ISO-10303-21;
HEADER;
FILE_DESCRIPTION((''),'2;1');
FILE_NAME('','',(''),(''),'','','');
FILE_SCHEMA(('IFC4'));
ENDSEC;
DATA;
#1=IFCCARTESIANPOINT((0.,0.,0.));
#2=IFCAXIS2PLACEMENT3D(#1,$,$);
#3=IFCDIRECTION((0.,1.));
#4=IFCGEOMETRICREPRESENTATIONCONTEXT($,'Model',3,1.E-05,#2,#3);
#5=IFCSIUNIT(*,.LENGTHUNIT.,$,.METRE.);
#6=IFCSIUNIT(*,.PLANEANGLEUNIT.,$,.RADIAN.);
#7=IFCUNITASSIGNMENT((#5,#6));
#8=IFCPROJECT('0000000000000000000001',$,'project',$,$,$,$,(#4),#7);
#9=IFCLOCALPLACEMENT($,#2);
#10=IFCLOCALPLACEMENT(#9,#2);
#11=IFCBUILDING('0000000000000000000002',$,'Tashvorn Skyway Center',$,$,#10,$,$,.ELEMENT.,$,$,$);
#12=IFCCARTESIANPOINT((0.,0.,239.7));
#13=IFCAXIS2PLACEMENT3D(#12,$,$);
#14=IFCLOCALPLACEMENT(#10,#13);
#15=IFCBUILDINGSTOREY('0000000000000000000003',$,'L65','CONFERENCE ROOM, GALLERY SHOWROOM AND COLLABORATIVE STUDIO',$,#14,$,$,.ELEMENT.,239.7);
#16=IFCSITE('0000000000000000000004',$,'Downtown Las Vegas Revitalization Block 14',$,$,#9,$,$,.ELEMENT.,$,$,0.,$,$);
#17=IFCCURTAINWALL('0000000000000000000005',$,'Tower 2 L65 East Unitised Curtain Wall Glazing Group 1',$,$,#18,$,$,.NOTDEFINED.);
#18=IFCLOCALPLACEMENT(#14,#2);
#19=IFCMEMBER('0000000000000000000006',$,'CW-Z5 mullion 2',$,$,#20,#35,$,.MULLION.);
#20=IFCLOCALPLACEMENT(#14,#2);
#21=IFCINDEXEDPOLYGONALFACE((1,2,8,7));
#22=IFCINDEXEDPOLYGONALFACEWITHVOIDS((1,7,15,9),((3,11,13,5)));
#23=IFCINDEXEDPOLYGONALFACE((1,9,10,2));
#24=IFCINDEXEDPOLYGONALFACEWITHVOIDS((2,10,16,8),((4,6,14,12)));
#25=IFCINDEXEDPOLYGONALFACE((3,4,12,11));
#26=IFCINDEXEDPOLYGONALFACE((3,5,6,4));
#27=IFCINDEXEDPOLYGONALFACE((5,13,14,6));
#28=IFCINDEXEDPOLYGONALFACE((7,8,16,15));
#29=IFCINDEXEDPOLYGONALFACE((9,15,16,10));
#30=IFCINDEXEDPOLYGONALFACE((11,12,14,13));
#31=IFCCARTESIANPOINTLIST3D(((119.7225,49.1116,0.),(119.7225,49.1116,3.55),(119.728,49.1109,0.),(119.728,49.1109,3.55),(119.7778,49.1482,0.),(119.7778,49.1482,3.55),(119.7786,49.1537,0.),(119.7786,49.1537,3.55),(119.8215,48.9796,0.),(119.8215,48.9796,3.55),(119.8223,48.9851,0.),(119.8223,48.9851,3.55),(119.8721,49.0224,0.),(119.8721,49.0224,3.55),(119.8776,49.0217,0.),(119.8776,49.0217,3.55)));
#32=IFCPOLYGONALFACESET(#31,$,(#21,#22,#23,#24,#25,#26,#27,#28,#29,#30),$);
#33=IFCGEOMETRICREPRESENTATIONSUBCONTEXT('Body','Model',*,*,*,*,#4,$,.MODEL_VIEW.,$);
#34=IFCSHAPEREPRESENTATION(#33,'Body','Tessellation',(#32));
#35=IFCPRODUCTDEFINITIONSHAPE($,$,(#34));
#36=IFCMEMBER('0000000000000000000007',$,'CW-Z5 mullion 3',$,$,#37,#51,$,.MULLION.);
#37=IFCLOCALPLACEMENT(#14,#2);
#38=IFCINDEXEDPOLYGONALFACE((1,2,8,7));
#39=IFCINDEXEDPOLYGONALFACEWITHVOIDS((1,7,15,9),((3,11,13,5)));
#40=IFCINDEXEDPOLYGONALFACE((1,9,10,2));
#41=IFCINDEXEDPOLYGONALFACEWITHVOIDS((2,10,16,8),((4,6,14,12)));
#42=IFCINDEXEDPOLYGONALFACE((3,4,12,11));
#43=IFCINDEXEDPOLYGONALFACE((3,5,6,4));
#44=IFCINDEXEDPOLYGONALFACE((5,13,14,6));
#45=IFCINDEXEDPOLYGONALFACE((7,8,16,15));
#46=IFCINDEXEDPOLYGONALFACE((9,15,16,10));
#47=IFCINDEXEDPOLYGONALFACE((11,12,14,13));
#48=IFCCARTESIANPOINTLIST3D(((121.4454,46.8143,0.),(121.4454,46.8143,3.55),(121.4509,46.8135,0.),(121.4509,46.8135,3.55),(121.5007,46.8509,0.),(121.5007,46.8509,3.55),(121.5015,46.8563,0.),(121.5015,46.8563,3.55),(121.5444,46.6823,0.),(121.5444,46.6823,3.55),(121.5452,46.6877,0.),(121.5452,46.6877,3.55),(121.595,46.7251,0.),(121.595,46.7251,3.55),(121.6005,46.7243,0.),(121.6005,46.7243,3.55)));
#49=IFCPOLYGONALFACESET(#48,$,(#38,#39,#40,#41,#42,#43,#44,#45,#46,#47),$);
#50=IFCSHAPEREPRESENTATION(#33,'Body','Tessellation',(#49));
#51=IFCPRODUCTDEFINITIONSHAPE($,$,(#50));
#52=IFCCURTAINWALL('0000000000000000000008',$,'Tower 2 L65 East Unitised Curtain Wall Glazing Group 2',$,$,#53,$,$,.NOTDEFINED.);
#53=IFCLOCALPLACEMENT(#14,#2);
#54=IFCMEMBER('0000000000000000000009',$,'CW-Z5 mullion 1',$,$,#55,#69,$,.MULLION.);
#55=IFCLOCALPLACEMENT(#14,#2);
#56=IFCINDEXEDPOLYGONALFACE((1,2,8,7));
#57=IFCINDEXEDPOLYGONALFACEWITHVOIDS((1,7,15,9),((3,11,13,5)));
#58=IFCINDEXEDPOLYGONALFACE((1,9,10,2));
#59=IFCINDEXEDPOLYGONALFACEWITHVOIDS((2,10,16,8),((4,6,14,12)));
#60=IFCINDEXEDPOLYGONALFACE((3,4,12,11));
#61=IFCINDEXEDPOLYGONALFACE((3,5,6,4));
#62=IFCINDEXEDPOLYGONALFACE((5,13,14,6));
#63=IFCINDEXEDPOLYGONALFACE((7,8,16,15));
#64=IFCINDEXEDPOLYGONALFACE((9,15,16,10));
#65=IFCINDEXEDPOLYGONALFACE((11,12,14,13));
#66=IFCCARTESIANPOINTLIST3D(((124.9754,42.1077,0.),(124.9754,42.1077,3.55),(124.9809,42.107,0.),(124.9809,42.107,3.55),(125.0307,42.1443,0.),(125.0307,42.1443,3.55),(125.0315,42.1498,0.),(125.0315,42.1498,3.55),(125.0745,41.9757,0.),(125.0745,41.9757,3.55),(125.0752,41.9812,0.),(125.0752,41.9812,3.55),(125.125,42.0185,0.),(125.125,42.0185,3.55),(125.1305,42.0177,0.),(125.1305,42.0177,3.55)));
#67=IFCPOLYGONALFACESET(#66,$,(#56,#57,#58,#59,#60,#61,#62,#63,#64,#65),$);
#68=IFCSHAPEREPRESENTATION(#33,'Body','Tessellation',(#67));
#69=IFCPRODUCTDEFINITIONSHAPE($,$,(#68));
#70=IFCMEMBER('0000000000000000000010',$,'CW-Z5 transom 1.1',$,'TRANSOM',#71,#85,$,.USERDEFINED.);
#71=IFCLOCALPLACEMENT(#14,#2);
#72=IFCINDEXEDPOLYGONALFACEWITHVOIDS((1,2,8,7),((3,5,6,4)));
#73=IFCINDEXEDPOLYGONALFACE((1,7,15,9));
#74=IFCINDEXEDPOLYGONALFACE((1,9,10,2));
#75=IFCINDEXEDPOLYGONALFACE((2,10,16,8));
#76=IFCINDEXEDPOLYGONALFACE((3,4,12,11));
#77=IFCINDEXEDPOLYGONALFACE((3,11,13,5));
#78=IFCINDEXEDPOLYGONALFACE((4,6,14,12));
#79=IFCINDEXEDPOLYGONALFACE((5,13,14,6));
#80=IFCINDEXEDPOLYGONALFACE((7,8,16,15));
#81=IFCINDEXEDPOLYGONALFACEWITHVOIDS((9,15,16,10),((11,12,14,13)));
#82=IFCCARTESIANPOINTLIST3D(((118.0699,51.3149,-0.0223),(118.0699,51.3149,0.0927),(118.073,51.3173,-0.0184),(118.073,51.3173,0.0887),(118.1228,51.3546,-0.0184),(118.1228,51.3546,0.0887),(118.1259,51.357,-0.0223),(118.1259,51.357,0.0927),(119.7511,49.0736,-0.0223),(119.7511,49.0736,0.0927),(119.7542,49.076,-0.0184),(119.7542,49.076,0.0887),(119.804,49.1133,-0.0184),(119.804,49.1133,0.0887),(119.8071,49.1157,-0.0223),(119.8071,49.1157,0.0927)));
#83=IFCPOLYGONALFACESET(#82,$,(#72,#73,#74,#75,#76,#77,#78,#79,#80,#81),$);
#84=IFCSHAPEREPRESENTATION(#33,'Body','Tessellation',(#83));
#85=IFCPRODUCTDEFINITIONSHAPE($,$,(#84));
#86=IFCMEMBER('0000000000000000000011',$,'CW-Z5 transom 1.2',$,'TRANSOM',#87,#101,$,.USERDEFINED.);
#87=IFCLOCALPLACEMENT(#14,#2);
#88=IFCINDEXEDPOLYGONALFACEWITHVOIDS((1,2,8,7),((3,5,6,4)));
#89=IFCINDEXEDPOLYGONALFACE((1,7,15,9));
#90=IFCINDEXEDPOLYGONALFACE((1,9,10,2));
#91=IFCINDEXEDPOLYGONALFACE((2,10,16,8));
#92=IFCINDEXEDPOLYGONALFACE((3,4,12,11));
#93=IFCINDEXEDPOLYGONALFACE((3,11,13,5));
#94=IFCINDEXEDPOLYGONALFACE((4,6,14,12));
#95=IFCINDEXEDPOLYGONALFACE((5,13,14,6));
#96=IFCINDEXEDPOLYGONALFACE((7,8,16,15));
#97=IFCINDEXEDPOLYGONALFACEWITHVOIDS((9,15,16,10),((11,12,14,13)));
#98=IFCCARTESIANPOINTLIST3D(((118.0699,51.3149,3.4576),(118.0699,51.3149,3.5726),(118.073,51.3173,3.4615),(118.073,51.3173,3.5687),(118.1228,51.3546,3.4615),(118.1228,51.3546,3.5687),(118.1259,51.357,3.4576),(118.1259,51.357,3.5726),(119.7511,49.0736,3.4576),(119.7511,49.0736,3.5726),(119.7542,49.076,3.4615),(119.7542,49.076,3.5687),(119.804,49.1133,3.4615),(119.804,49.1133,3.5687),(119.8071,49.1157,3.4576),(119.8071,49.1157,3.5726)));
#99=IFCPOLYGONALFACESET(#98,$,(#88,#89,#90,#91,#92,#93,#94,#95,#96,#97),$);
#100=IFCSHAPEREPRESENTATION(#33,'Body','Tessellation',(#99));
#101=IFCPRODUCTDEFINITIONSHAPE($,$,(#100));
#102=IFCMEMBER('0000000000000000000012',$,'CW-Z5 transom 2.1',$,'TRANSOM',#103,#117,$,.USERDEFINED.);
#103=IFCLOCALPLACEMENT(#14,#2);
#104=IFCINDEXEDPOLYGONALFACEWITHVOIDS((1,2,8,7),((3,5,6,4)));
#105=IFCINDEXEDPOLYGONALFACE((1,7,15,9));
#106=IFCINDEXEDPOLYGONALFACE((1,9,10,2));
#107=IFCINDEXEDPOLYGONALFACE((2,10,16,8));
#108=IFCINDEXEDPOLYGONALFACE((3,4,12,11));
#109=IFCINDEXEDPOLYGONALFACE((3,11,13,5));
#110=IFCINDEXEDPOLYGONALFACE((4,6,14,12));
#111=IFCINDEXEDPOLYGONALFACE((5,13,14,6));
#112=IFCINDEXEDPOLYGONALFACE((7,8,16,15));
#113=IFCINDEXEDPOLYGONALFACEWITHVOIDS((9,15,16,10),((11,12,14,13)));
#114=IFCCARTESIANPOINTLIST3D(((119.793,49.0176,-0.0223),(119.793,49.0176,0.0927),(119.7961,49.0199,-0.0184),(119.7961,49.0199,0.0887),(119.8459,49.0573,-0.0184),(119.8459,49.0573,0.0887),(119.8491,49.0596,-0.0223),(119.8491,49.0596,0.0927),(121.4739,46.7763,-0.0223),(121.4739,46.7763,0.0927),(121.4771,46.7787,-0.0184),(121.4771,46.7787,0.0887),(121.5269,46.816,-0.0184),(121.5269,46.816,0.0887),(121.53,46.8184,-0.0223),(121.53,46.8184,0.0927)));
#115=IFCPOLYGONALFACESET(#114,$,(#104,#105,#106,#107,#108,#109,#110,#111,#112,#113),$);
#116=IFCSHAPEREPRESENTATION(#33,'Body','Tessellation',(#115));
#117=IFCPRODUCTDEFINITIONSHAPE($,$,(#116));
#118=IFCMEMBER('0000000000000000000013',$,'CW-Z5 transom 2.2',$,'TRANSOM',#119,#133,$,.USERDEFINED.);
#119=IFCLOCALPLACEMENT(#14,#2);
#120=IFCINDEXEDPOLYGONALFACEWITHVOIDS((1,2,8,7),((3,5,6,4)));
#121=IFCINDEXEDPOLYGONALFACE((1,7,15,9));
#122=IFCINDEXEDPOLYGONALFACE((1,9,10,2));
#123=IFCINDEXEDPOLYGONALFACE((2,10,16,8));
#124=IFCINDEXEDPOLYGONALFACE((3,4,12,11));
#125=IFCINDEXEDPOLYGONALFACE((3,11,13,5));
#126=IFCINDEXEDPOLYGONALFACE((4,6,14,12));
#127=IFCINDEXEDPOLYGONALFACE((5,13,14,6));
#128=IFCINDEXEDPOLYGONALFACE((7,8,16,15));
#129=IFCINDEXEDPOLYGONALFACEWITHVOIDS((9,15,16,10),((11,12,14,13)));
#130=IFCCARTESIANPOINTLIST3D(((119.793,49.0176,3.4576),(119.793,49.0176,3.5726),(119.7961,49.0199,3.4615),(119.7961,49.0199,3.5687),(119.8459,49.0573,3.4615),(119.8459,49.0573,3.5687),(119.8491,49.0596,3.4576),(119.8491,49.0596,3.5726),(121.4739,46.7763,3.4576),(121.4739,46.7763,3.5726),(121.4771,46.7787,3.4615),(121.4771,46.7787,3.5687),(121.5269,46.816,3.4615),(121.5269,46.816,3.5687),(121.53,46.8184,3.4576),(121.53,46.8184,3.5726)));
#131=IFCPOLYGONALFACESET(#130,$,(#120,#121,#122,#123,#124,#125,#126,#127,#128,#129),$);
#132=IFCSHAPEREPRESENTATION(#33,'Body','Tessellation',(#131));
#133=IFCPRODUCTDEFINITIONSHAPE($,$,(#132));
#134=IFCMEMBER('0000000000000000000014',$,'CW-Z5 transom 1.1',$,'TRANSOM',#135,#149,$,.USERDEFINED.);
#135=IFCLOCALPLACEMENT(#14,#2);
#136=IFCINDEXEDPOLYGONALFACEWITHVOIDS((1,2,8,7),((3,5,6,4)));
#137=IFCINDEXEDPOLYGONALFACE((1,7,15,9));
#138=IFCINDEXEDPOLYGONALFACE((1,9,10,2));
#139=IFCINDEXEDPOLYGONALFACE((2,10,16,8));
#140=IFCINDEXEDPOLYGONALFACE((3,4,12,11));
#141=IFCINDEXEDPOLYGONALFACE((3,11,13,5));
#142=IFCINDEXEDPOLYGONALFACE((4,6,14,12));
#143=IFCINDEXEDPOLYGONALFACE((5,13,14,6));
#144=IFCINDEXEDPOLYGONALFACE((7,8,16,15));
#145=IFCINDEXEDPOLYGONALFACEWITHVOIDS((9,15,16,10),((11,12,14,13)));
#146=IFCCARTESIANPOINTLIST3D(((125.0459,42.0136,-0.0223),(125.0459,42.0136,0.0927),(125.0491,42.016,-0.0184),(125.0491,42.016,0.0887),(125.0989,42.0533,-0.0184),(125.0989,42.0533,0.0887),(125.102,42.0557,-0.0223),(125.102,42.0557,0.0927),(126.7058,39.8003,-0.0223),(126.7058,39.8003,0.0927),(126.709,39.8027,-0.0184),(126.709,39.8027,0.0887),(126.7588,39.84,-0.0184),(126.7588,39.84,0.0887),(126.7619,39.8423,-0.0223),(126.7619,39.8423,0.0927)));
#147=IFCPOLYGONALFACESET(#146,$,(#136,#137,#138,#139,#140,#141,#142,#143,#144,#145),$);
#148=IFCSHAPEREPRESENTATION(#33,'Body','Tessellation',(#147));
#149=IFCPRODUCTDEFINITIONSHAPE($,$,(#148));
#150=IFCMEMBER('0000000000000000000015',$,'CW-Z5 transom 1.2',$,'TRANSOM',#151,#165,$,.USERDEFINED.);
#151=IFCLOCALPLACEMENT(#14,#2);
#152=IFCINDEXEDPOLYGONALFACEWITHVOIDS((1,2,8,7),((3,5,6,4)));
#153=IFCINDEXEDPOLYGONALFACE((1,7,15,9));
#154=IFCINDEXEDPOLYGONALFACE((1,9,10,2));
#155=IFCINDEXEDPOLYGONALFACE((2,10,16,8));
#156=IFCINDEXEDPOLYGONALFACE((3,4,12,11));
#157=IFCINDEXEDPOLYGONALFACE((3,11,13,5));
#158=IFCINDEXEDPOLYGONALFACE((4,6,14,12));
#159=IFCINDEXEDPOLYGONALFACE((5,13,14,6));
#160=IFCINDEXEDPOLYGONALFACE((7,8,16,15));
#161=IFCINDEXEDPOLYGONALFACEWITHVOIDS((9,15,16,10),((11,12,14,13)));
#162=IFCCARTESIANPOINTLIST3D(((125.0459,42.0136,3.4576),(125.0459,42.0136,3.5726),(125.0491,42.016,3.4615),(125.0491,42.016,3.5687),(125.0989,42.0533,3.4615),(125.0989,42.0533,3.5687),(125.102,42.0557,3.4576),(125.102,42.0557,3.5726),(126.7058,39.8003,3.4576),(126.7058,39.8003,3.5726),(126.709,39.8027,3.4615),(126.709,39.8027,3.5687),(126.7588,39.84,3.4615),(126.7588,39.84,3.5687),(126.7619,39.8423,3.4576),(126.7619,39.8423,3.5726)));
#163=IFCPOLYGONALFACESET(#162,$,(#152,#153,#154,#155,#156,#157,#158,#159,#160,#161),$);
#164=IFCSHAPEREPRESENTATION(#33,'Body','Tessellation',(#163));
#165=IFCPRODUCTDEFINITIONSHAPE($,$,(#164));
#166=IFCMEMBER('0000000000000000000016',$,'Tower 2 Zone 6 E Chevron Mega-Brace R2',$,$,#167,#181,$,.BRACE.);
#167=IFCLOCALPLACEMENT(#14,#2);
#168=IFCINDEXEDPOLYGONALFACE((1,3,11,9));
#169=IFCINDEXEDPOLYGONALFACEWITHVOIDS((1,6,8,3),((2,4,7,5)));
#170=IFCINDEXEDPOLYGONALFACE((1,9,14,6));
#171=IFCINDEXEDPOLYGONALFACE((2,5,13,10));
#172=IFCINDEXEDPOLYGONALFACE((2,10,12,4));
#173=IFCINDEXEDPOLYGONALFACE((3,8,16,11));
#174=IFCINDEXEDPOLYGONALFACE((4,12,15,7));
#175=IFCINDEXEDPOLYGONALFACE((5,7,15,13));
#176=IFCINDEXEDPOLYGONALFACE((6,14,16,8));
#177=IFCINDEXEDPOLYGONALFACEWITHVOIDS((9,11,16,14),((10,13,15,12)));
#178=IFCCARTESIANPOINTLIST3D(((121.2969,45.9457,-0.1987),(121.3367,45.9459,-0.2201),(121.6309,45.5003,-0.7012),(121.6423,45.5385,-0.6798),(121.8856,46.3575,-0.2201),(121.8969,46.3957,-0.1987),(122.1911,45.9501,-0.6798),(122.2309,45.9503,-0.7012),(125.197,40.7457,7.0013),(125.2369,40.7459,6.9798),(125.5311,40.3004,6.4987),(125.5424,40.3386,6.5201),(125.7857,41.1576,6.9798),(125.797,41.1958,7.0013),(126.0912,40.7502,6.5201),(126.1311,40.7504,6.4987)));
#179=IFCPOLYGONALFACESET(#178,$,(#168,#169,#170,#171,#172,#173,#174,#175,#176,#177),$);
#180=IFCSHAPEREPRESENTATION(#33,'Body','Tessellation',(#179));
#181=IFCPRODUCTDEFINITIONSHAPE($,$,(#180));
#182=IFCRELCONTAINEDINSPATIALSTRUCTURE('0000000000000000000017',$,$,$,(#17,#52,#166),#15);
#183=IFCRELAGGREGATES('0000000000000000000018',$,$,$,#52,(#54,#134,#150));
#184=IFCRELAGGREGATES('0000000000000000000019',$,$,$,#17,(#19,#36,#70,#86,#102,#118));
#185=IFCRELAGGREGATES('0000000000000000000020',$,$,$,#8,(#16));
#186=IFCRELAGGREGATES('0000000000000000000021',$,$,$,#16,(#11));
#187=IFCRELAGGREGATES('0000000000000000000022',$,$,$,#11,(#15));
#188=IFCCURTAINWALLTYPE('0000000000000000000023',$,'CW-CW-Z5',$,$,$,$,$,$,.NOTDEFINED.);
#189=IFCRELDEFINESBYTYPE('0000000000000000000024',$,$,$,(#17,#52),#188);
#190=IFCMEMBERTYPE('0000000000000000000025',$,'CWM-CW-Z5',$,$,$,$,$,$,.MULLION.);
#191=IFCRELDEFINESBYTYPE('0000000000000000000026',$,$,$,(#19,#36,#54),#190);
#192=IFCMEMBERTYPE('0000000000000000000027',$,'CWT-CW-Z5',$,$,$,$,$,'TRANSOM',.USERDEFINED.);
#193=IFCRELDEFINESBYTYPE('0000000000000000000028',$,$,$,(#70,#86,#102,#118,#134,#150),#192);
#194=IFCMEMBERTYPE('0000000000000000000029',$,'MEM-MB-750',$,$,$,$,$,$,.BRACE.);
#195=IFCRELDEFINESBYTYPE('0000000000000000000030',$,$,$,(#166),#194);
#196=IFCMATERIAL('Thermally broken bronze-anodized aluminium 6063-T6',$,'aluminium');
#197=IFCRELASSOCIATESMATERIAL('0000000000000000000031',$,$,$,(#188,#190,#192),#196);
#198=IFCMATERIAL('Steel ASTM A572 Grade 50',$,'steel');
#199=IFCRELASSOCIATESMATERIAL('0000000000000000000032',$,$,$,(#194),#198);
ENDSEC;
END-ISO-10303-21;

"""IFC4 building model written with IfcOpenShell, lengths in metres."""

from ifc_helpers import new_model, si_unit, direction, frame, origin, origin_2d, place, context, subcontext, project, spatial, hollow_rectangle, extrude, material, material_profile, profile_set, type_object, element, aggregate, save


model = new_model("IFC4")

# Units and contexts
model_context = context("Model", 3, precision=1e-05, world=origin(), true_north=direction((0.0, 1.0)))
body_context = subcontext(model_context, "Body", "Model", "MODEL_VIEW")
ifc_project = project(units=[si_unit("LENGTHUNIT", "METRE"), si_unit("PLANEANGLEUNIT", "RADIAN")], contexts=[model_context])

# Site, building, storey
site_placement = place(None, origin())
site = spatial("IfcSite", under=ifc_project, at=site_placement, Name="Downtown Las Vegas Revitalization Block 14", CompositionType="ELEMENT", RefElevation=0.0)
building_placement = place(site_placement, origin())
building = spatial("IfcBuilding", under=site, at=building_placement, Name="Tashvorn Skyway Center", CompositionType="ELEMENT")
storey_placement = place(building_placement, frame((0.0, 0.0, 239.7)))
storey = spatial("IfcBuildingStorey", under=building, at=storey_placement, Name="L65", Description="CONFERENCE ROOM, GALLERY SHOWROOM AND COLLABORATIVE STUDIO", CompositionType="ELEMENT", Elevation=239.7)

# Shared definitions
ifc_material_1 = material(Name="Steel ASTM A572 Grade 50", Category="steel")

# Shared definitions
ifc_material_2 = material(Name="Thermally broken bronze-anodized aluminium 6063-T6", Category="aluminium")
curtain_wall_type = type_object("IfcCurtainWallType", Name="CW-CW-Z5", PredefinedType="NOTDEFINED", material=ifc_material_2)
ifc_material_profile_1 = material_profile(ifc_material_2, hollow_rectangle(XDim=0.0701, YDim=0.165, WallThickness=0.0039, at=origin_2d()), Name="ALU-MULL-70x165")
ifc_profile_set_1 = profile_set([ifc_material_profile_1], Name="Thermally broken bronze-anodized aluminium 6063-T6")
member_type_1 = type_object("IfcMemberType", Name="CWM-CW-Z5", PredefinedType="MULLION", material=ifc_profile_set_1)

# Curtain wall, members
curtain_wall_1_placement = place(storey_placement, origin())
curtain_wall_1 = element("IfcCurtainWall", 1, at=curtain_wall_1_placement, inside=storey, type_object=curtain_wall_type, Name="Tower 2 L65 East Unitised Curtain Wall Glazing Group 1", PredefinedType="NOTDEFINED")
member_1_placement = place(storey_placement, frame((119.8, 49.0667, 0.0), z_axis=(0.0, 0.0, 1.0), x_axis=(0.800002, 0.599997, 0.0)))
member_1 = element("IfcMember", 2, at=member_1_placement, type_object=member_type_1, Name="CW-Z5 mullion 2", PredefinedType="MULLION", context=body_context, shape_type="SweptSolid", body=[
    extrude(hollow_rectangle(XDim=0.0701, YDim=0.165, WallThickness=0.0039, at=origin_2d()), origin(), (0.0, 0.0, 1.0), 3.55),
])
member_2_placement = place(storey_placement, frame((121.5229, 46.7693, 0.0), z_axis=(0.0, 0.0, 1.0), x_axis=(0.800002, 0.599997, 0.0)))
member_2 = element("IfcMember", 3, at=member_2_placement, type_object=member_type_1, Name="CW-Z5 mullion 3", PredefinedType="MULLION", context=body_context, shape_type="SweptSolid", body=[
    extrude(hollow_rectangle(XDim=0.0701, YDim=0.165, WallThickness=0.0039, at=origin_2d()), origin(), (0.0, 0.0, 1.0), 3.55),
])

# Curtain wall, member
curtain_wall_2_placement = place(storey_placement, origin())
curtain_wall_2 = element("IfcCurtainWall", 4, at=curtain_wall_2_placement, inside=storey, type_object=curtain_wall_type, Name="Tower 2 L65 East Unitised Curtain Wall Glazing Group 2", PredefinedType="NOTDEFINED")
member_3_placement = place(storey_placement, frame((125.053, 42.0627, 0.0), z_axis=(0.0, 0.0, 1.0), x_axis=(0.800008, 0.599989, 0.0)))
member_3 = element("IfcMember", 5, at=member_3_placement, type_object=member_type_1, Name="CW-Z5 mullion 1", PredefinedType="MULLION", context=body_context, shape_type="SweptSolid", body=[
    extrude(hollow_rectangle(XDim=0.0701, YDim=0.165, WallThickness=0.0039, at=origin_2d()), origin(), (0.0, 0.0, 1.0), 3.55),
])

# Members
ifc_material_profile_2 = material_profile(ifc_material_2, hollow_rectangle(XDim=0.0701, YDim=0.115, WallThickness=0.0039, at=origin_2d()), Name="ALU-TRAN-70x115")
ifc_profile_set_2 = profile_set([ifc_material_profile_2], Name="Thermally broken bronze-anodized aluminium 6063-T6")
member_type_2 = type_object("IfcMemberType", Name="CWT-CW-Z5", ElementType="TRANSOM", PredefinedType="USERDEFINED", material=ifc_profile_set_2)
member_4_placement = place(storey_placement, frame((118.0979, 51.3359, 0.0352), z_axis=(0.600056, -0.799958, 0.0), x_axis=(0.799958, 0.600056, 0.0)))
member_4 = element("IfcMember", 6, at=member_4_placement, type_object=member_type_2, Name="CW-Z5 transom 1.1", ObjectType="TRANSOM", PredefinedType="USERDEFINED", context=body_context, shape_type="SweptSolid", body=[
    extrude(hollow_rectangle(XDim=0.0701, YDim=0.115, WallThickness=0.0039, at=origin_2d()), origin(), (0.0, 0.0, 1.0), 2.8018),
])
member_5_placement = place(storey_placement, frame((118.0979, 51.3359, 3.5151), z_axis=(0.600056, -0.799958, 0.0), x_axis=(0.799958, 0.600056, 0.0)))
member_5 = element("IfcMember", 7, at=member_5_placement, type_object=member_type_2, Name="CW-Z5 transom 1.2", ObjectType="TRANSOM", PredefinedType="USERDEFINED", context=body_context, shape_type="SweptSolid", body=[
    extrude(hollow_rectangle(XDim=0.0701, YDim=0.115, WallThickness=0.0039, at=origin_2d()), origin(), (0.0, 0.0, 1.0), 2.8018),
])
member_6_placement = place(storey_placement, frame((119.821, 49.0386, 0.0352), z_axis=(0.6, -0.8, 0.0), x_axis=(0.8, 0.6, 0.0)))
member_6 = element("IfcMember", 8, at=member_6_placement, type_object=member_type_2, Name="CW-Z5 transom 2.1", ObjectType="TRANSOM", PredefinedType="USERDEFINED", context=body_context, shape_type="SweptSolid", body=[
    extrude(hollow_rectangle(XDim=0.0701, YDim=0.115, WallThickness=0.0039, at=origin_2d()), origin(), (0.0, 0.0, 1.0), 2.8015),
])
member_7_placement = place(storey_placement, frame((119.821, 49.0386, 3.5151), z_axis=(0.6, -0.8, 0.0), x_axis=(0.8, 0.6, 0.0)))
member_7 = element("IfcMember", 9, at=member_7_placement, type_object=member_type_2, Name="CW-Z5 transom 2.2", ObjectType="TRANSOM", PredefinedType="USERDEFINED", context=body_context, shape_type="SweptSolid", body=[
    extrude(hollow_rectangle(XDim=0.0701, YDim=0.115, WallThickness=0.0039, at=origin_2d()), origin(), (0.0, 0.0, 1.0), 2.8015),
])
member_8_placement = place(storey_placement, frame((125.074, 42.0347, 0.0352), z_axis=(0.599972, -0.800021, 0.0), x_axis=(0.800021, 0.599972, 0.0)))
member_8 = element("IfcMember", 10, at=member_8_placement, type_object=member_type_2, Name="CW-Z5 transom 1.1", ObjectType="TRANSOM", PredefinedType="USERDEFINED", context=body_context, shape_type="SweptSolid", body=[
    extrude(hollow_rectangle(XDim=0.0701, YDim=0.115, WallThickness=0.0039, at=origin_2d()), origin(), (0.0, 0.0, 1.0), 2.7666),
])
member_9_placement = place(storey_placement, frame((125.074, 42.0347, 3.5151), z_axis=(0.599972, -0.800021, 0.0), x_axis=(0.800021, 0.599972, 0.0)))
member_9 = element("IfcMember", 11, at=member_9_placement, type_object=member_type_2, Name="CW-Z5 transom 1.2", ObjectType="TRANSOM", PredefinedType="USERDEFINED", context=body_context, shape_type="SweptSolid", body=[
    extrude(hollow_rectangle(XDim=0.0701, YDim=0.115, WallThickness=0.0039, at=origin_2d()), origin(), (0.0, 0.0, 1.0), 2.7666),
])
aggregate(curtain_wall_2, [member_3, member_8, member_9])
ifc_material_profile_3 = material_profile(ifc_material_1, hollow_rectangle(XDim=0.75, YDim=0.75, WallThickness=0.032, at=origin_2d()), Name="BOX750x750x32")
ifc_profile_set_3 = profile_set([ifc_material_profile_3], Name="Steel ASTM A572 Grade 50")
member_type_3 = type_object("IfcMemberType", Name="MEM-MB-750", PredefinedType="BRACE", material=ifc_profile_set_3)
member_10_placement = place(storey_placement, frame((121.7639, 45.948, -0.45), z_axis=(0.402077, -0.536078, 0.742263), x_axis=(0.799986, 0.600018, 0.0)))
element("IfcMember", 12, at=member_10_placement, inside=storey, type_object=member_type_3, Name="Tower 2 Zone 6 E Chevron Mega-Brace R2", PredefinedType="BRACE", context=body_context, shape_type="SweptSolid", body=[
    extrude(hollow_rectangle(XDim=0.75, YDim=0.75, WallThickness=0.032, at=origin_2d()), origin(), (0.0, 0.0, 1.0), 9.7),
])

aggregate(curtain_wall_1, [member_1, member_2, member_4, member_5, member_6, member_7])

save(model, "model.ifc")
